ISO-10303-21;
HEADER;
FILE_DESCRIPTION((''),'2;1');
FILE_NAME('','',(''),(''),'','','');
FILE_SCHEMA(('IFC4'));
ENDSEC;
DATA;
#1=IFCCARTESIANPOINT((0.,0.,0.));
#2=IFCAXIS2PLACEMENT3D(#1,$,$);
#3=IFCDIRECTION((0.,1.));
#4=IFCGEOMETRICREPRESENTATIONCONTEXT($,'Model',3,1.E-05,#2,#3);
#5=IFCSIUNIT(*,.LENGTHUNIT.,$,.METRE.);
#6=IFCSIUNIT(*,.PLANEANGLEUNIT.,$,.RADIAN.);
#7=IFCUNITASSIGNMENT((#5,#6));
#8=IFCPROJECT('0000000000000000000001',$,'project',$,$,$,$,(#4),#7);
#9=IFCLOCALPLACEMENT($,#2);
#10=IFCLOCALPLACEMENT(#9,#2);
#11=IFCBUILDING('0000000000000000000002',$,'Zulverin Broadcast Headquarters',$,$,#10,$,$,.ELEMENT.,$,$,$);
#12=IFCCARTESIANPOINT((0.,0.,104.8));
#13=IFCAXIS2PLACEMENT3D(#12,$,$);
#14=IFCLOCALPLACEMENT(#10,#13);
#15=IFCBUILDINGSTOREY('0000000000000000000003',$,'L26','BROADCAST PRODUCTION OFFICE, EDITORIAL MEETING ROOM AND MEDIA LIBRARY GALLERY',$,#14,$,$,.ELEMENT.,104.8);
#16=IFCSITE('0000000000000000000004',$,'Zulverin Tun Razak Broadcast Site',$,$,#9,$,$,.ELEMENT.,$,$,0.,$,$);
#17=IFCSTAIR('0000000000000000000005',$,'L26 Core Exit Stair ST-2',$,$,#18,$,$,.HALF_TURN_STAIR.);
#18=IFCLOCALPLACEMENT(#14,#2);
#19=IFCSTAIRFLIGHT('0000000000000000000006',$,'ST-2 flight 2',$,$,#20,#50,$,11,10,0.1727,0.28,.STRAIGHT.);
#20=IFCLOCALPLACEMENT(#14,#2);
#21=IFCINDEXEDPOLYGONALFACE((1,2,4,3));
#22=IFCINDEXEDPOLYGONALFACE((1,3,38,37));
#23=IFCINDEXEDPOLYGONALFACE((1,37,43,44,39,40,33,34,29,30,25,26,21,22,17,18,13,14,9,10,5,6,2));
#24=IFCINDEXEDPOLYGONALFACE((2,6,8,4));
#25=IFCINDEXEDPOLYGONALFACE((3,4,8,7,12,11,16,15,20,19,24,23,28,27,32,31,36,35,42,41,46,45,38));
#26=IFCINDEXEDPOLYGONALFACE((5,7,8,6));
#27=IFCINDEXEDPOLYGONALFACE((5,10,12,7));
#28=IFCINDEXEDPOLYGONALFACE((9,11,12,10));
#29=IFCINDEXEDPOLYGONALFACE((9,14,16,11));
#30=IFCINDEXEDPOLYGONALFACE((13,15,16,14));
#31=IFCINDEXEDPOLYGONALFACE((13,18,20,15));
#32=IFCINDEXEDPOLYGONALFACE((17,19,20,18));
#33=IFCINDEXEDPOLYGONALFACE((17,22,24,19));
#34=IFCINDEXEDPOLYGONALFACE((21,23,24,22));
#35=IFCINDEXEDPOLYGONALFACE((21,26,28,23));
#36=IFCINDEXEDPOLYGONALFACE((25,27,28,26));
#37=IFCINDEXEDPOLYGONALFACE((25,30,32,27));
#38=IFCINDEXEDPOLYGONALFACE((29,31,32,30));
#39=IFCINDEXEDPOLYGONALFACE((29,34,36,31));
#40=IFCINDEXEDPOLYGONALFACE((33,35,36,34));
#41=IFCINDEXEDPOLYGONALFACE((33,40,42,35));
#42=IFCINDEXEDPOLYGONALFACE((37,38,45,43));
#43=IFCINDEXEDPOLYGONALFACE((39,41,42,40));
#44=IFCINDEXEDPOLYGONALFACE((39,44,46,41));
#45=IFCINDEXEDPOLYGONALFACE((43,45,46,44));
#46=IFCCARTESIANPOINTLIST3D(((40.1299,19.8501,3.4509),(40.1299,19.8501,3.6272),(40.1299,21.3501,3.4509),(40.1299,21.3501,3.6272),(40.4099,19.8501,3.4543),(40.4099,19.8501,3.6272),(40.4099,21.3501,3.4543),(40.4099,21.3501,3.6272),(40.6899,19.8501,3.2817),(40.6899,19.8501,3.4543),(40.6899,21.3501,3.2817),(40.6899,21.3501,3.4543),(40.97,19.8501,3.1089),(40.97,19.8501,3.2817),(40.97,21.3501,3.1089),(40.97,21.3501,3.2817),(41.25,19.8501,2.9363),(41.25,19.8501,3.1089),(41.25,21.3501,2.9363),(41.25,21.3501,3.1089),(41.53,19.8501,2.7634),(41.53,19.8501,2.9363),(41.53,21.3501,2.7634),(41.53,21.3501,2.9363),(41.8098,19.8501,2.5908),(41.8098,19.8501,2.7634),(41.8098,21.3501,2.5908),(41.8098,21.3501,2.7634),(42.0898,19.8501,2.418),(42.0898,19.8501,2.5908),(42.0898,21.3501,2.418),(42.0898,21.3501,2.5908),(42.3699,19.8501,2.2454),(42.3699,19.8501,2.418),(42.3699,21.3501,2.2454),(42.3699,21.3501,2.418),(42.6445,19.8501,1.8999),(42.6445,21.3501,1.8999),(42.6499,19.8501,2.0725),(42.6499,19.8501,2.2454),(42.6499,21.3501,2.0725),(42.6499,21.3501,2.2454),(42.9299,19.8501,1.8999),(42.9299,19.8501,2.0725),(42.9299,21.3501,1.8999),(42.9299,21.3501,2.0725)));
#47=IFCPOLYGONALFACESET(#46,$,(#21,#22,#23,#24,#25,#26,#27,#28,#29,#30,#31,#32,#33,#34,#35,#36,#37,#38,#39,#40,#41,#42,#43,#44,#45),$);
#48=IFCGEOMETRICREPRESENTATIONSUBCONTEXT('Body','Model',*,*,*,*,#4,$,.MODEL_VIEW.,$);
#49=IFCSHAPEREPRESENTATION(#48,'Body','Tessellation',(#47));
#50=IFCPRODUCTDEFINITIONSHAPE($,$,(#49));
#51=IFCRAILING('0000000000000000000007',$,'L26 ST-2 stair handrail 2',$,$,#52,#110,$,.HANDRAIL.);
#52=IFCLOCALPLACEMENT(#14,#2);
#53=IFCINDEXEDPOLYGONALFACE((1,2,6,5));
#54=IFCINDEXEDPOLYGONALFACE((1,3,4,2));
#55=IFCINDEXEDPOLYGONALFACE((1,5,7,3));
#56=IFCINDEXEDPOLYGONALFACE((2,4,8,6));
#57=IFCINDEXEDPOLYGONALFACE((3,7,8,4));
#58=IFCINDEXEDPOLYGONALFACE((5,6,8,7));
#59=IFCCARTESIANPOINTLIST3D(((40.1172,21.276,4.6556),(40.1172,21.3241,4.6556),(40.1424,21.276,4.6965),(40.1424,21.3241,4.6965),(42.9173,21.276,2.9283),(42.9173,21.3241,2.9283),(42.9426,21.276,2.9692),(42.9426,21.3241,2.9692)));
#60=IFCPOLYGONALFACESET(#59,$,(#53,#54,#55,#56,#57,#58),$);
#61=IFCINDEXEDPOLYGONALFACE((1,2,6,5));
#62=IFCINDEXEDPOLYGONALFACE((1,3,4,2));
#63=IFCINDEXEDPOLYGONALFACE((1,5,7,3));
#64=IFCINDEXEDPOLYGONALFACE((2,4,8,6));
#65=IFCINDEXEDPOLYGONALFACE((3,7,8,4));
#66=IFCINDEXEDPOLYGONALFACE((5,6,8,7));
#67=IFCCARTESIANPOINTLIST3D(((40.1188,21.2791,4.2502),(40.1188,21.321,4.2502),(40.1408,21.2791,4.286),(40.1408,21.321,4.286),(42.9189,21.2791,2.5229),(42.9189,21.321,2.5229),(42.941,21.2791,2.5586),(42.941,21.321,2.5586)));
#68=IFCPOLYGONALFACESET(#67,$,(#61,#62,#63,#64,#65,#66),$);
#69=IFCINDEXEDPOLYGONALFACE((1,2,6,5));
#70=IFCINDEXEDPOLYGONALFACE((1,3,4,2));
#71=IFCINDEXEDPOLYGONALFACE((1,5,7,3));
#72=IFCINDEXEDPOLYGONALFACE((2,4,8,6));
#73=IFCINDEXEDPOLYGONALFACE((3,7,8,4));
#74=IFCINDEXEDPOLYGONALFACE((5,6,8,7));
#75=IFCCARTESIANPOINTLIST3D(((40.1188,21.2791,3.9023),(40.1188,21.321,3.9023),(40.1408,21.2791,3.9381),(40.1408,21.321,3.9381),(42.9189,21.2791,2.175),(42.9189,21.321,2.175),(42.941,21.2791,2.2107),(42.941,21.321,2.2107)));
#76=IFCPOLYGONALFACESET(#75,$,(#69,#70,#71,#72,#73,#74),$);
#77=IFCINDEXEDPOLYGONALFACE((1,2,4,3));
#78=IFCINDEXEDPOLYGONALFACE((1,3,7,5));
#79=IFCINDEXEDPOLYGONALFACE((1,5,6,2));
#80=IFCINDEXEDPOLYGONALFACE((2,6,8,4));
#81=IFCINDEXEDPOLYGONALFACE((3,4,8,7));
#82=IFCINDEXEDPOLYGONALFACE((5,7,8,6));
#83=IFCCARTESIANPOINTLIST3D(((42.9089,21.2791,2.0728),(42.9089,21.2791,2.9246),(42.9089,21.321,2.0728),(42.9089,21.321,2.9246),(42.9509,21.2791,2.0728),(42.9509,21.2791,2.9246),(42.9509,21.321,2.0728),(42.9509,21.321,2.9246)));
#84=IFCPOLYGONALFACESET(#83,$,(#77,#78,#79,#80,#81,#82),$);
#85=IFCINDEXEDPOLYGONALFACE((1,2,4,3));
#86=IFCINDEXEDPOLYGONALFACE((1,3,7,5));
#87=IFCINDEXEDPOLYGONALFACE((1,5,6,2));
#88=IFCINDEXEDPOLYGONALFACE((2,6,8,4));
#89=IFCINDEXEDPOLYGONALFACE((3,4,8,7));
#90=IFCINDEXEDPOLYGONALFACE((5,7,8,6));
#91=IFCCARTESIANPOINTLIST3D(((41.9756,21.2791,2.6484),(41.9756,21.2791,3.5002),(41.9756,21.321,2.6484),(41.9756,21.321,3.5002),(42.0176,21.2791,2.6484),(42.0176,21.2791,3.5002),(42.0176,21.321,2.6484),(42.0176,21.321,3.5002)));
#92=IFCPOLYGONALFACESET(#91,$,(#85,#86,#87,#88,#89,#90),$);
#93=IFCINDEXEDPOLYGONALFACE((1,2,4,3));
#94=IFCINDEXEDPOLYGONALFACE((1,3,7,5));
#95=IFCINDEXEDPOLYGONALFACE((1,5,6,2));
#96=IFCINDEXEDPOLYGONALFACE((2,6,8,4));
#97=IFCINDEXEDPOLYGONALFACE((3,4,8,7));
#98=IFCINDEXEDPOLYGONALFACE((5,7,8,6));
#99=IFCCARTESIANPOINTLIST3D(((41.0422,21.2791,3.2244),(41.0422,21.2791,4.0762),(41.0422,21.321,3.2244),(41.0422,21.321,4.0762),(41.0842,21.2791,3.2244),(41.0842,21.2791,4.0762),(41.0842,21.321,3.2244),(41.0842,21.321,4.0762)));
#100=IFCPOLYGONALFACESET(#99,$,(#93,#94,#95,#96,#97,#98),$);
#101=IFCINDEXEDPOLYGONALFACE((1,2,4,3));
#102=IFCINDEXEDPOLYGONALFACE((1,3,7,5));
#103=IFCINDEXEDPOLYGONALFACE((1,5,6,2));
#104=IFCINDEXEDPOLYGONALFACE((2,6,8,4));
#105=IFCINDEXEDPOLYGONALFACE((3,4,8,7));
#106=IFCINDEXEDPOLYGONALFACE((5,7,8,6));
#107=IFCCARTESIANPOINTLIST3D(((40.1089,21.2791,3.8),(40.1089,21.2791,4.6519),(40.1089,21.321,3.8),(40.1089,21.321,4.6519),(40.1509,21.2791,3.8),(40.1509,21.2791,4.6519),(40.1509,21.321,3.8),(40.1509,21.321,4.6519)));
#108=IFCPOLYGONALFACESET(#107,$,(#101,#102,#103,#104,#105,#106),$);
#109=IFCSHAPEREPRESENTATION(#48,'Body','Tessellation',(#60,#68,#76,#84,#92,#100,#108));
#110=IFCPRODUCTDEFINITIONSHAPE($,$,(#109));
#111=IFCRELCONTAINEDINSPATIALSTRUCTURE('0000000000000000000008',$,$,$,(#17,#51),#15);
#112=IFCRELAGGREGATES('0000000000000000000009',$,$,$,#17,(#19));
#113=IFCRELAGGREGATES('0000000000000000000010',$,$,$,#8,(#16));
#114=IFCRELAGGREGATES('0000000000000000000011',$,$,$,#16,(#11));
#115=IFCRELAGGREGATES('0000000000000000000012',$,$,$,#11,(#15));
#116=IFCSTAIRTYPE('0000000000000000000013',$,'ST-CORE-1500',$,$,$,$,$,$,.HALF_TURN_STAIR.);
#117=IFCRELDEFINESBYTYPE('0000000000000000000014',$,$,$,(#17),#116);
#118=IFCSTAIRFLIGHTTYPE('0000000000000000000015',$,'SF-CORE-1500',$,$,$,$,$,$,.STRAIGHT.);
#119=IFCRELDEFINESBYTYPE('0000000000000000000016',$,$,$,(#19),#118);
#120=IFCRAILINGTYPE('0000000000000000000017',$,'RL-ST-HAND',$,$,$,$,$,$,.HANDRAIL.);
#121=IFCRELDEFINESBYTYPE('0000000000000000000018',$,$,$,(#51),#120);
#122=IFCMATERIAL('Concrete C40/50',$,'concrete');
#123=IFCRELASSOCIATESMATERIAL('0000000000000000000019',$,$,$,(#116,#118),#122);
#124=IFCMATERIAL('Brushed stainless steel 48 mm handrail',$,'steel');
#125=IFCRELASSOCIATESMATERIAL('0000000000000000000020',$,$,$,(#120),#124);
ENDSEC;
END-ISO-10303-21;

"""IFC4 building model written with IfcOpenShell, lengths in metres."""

from ifc_helpers import new_model, si_unit, direction, frame, origin, origin_2d, place, context, subcontext, project, spatial, polyline, rectangle, outline, extrude, material, type_object, element, aggregate, save


model = new_model("IFC4")

# Units and contexts
model_context = context("Model", 3, precision=1e-05, world=origin(), true_north=direction((0.0, 1.0)))
body_context = subcontext(model_context, "Body", "Model", "MODEL_VIEW")
ifc_project = project(units=[si_unit("LENGTHUNIT", "METRE"), si_unit("PLANEANGLEUNIT", "RADIAN")], contexts=[model_context])

# Site, building, storey
site_placement = place(None, origin())
site = spatial("IfcSite", under=ifc_project, at=site_placement, Name="Zulverin Tun Razak Broadcast Site", CompositionType="ELEMENT", RefElevation=0.0)
building_placement = place(site_placement, origin())
building = spatial("IfcBuilding", under=site, at=building_placement, Name="Zulverin Broadcast Headquarters", CompositionType="ELEMENT")
storey_placement = place(building_placement, frame((0.0, 0.0, 104.8)))
storey = spatial("IfcBuildingStorey", under=building, at=storey_placement, Name="L26", Description="BROADCAST PRODUCTION OFFICE, EDITORIAL MEETING ROOM AND MEDIA LIBRARY GALLERY", CompositionType="ELEMENT", Elevation=104.8)

# Shared definitions
ifc_material_1 = material(Name="Concrete C40/50", Category="concrete")

# Stair, stair flight
stair_type = type_object("IfcStairType", Name="ST-CORE-1500", PredefinedType="HALF_TURN_STAIR", material=ifc_material_1)
stair_placement = place(storey_placement, origin())
stair = element("IfcStair", 1, at=stair_placement, inside=storey, type_object=stair_type, Name="L26 Core Exit Stair ST-2", PredefinedType="HALF_TURN_STAIR")
stair_flight_type = type_object("IfcStairFlightType", Name="SF-CORE-1500", PredefinedType="STRAIGHT", material=ifc_material_1)
stair_flight_placement = place(storey_placement, frame((42.9299, 20.6001, 1.8999), z_axis=(0.0, 0.0, 1.0), x_axis=(-1.0, 0.0, 0.0)))
stair_flight = element("IfcStairFlight", 2, at=stair_flight_placement, type_object=stair_flight_type, Name="ST-2 flight 2", NumberOfRisers=11, NumberOfTreads=10, PredefinedType="STRAIGHT", RiserHeight=0.1727, TreadLength=0.28, context=body_context, shape_type="SweptSolid", body=[
    extrude(outline(polyline([(0.0, 0.0), (0.0, 0.1726), (0.28, 0.1726), (0.28, 0.3455), (0.5601, 0.3455), (0.5601, 0.5181), (0.8401, 0.5181), (0.8401, 0.6909), (1.1201, 0.6909), (1.1201, 0.8635), (1.3999, 0.8635), (1.3999, 1.0364), (1.6799, 1.0364), (1.6799, 1.209), (1.96, 1.209), (1.96, 1.3818), (2.24, 1.3818), (2.24, 1.5544), (2.52, 1.5544), (2.52, 1.7273), (2.8, 1.7273), (2.8, 1.8999), (2.8, 1.551), (0.2854, 0.0), (0.0, 0.0)])), frame((0.0, 0.75, 0.0), z_axis=(0.0, -1.0, 0.0), x_axis=(1.0, 0.0, 0.0)), (0.0, 0.0, 1.0), 1.5),
])
aggregate(stair, [stair_flight])

# Railing
ifc_material_2 = material(Name="Brushed stainless steel 48 mm handrail", Category="steel")
railing_type = type_object("IfcRailingType", Name="RL-ST-HAND", PredefinedType="HANDRAIL", material=ifc_material_2)
railing_placement = place(storey_placement, frame((42.9299, 21.3, 2.0728)))
element("IfcRailing", 3, at=railing_placement, inside=storey, type_object=railing_type, Name="L26 ST-2 stair handrail 2", PredefinedType="HANDRAIL", context=body_context, shape_type="SweptSolid", body=[
    extrude(rectangle(XDim=0.0481, YDim=0.0481, at=origin_2d()), frame((0.0, 0.0, 0.876), z_axis=(-0.85109, 0.0, 0.52502), x_axis=(0.0, -1.0, 0.0)), (0.0, 0.0, 1.0), 3.29),
    extrude(rectangle(XDim=0.042, YDim=0.042, at=origin_2d()), frame((0.0, 0.0, 0.468), z_axis=(-0.85109, 0.0, 0.52502), x_axis=(0.0, -1.0, 0.0)), (0.0, 0.0, 1.0), 3.29),
    extrude(rectangle(XDim=0.042, YDim=0.042, at=origin_2d()), frame((0.0, 0.0, 0.1201), z_axis=(-0.85109, 0.0, 0.52502), x_axis=(0.0, -1.0, 0.0)), (0.0, 0.0, 1.0), 3.29),
    extrude(rectangle(XDim=0.042, YDim=0.042, at=origin_2d()), origin(), (0.0, 0.0, 1.0), 0.8518),
    extrude(rectangle(XDim=0.042, YDim=0.042, at=origin_2d()), frame((-0.9333, 0.0, 0.5757)), (0.0, 0.0, 1.0), 0.8518),
    extrude(rectangle(XDim=0.042, YDim=0.042, at=origin_2d()), frame((-1.8667, 0.0, 1.1516)), (0.0, 0.0, 1.0), 0.8518),
    extrude(rectangle(XDim=0.042, YDim=0.042, at=origin_2d()), frame((-2.8, 0.0, 1.7273)), (0.0, 0.0, 1.0), 0.8518),
])

save(model, "model.ifc")
